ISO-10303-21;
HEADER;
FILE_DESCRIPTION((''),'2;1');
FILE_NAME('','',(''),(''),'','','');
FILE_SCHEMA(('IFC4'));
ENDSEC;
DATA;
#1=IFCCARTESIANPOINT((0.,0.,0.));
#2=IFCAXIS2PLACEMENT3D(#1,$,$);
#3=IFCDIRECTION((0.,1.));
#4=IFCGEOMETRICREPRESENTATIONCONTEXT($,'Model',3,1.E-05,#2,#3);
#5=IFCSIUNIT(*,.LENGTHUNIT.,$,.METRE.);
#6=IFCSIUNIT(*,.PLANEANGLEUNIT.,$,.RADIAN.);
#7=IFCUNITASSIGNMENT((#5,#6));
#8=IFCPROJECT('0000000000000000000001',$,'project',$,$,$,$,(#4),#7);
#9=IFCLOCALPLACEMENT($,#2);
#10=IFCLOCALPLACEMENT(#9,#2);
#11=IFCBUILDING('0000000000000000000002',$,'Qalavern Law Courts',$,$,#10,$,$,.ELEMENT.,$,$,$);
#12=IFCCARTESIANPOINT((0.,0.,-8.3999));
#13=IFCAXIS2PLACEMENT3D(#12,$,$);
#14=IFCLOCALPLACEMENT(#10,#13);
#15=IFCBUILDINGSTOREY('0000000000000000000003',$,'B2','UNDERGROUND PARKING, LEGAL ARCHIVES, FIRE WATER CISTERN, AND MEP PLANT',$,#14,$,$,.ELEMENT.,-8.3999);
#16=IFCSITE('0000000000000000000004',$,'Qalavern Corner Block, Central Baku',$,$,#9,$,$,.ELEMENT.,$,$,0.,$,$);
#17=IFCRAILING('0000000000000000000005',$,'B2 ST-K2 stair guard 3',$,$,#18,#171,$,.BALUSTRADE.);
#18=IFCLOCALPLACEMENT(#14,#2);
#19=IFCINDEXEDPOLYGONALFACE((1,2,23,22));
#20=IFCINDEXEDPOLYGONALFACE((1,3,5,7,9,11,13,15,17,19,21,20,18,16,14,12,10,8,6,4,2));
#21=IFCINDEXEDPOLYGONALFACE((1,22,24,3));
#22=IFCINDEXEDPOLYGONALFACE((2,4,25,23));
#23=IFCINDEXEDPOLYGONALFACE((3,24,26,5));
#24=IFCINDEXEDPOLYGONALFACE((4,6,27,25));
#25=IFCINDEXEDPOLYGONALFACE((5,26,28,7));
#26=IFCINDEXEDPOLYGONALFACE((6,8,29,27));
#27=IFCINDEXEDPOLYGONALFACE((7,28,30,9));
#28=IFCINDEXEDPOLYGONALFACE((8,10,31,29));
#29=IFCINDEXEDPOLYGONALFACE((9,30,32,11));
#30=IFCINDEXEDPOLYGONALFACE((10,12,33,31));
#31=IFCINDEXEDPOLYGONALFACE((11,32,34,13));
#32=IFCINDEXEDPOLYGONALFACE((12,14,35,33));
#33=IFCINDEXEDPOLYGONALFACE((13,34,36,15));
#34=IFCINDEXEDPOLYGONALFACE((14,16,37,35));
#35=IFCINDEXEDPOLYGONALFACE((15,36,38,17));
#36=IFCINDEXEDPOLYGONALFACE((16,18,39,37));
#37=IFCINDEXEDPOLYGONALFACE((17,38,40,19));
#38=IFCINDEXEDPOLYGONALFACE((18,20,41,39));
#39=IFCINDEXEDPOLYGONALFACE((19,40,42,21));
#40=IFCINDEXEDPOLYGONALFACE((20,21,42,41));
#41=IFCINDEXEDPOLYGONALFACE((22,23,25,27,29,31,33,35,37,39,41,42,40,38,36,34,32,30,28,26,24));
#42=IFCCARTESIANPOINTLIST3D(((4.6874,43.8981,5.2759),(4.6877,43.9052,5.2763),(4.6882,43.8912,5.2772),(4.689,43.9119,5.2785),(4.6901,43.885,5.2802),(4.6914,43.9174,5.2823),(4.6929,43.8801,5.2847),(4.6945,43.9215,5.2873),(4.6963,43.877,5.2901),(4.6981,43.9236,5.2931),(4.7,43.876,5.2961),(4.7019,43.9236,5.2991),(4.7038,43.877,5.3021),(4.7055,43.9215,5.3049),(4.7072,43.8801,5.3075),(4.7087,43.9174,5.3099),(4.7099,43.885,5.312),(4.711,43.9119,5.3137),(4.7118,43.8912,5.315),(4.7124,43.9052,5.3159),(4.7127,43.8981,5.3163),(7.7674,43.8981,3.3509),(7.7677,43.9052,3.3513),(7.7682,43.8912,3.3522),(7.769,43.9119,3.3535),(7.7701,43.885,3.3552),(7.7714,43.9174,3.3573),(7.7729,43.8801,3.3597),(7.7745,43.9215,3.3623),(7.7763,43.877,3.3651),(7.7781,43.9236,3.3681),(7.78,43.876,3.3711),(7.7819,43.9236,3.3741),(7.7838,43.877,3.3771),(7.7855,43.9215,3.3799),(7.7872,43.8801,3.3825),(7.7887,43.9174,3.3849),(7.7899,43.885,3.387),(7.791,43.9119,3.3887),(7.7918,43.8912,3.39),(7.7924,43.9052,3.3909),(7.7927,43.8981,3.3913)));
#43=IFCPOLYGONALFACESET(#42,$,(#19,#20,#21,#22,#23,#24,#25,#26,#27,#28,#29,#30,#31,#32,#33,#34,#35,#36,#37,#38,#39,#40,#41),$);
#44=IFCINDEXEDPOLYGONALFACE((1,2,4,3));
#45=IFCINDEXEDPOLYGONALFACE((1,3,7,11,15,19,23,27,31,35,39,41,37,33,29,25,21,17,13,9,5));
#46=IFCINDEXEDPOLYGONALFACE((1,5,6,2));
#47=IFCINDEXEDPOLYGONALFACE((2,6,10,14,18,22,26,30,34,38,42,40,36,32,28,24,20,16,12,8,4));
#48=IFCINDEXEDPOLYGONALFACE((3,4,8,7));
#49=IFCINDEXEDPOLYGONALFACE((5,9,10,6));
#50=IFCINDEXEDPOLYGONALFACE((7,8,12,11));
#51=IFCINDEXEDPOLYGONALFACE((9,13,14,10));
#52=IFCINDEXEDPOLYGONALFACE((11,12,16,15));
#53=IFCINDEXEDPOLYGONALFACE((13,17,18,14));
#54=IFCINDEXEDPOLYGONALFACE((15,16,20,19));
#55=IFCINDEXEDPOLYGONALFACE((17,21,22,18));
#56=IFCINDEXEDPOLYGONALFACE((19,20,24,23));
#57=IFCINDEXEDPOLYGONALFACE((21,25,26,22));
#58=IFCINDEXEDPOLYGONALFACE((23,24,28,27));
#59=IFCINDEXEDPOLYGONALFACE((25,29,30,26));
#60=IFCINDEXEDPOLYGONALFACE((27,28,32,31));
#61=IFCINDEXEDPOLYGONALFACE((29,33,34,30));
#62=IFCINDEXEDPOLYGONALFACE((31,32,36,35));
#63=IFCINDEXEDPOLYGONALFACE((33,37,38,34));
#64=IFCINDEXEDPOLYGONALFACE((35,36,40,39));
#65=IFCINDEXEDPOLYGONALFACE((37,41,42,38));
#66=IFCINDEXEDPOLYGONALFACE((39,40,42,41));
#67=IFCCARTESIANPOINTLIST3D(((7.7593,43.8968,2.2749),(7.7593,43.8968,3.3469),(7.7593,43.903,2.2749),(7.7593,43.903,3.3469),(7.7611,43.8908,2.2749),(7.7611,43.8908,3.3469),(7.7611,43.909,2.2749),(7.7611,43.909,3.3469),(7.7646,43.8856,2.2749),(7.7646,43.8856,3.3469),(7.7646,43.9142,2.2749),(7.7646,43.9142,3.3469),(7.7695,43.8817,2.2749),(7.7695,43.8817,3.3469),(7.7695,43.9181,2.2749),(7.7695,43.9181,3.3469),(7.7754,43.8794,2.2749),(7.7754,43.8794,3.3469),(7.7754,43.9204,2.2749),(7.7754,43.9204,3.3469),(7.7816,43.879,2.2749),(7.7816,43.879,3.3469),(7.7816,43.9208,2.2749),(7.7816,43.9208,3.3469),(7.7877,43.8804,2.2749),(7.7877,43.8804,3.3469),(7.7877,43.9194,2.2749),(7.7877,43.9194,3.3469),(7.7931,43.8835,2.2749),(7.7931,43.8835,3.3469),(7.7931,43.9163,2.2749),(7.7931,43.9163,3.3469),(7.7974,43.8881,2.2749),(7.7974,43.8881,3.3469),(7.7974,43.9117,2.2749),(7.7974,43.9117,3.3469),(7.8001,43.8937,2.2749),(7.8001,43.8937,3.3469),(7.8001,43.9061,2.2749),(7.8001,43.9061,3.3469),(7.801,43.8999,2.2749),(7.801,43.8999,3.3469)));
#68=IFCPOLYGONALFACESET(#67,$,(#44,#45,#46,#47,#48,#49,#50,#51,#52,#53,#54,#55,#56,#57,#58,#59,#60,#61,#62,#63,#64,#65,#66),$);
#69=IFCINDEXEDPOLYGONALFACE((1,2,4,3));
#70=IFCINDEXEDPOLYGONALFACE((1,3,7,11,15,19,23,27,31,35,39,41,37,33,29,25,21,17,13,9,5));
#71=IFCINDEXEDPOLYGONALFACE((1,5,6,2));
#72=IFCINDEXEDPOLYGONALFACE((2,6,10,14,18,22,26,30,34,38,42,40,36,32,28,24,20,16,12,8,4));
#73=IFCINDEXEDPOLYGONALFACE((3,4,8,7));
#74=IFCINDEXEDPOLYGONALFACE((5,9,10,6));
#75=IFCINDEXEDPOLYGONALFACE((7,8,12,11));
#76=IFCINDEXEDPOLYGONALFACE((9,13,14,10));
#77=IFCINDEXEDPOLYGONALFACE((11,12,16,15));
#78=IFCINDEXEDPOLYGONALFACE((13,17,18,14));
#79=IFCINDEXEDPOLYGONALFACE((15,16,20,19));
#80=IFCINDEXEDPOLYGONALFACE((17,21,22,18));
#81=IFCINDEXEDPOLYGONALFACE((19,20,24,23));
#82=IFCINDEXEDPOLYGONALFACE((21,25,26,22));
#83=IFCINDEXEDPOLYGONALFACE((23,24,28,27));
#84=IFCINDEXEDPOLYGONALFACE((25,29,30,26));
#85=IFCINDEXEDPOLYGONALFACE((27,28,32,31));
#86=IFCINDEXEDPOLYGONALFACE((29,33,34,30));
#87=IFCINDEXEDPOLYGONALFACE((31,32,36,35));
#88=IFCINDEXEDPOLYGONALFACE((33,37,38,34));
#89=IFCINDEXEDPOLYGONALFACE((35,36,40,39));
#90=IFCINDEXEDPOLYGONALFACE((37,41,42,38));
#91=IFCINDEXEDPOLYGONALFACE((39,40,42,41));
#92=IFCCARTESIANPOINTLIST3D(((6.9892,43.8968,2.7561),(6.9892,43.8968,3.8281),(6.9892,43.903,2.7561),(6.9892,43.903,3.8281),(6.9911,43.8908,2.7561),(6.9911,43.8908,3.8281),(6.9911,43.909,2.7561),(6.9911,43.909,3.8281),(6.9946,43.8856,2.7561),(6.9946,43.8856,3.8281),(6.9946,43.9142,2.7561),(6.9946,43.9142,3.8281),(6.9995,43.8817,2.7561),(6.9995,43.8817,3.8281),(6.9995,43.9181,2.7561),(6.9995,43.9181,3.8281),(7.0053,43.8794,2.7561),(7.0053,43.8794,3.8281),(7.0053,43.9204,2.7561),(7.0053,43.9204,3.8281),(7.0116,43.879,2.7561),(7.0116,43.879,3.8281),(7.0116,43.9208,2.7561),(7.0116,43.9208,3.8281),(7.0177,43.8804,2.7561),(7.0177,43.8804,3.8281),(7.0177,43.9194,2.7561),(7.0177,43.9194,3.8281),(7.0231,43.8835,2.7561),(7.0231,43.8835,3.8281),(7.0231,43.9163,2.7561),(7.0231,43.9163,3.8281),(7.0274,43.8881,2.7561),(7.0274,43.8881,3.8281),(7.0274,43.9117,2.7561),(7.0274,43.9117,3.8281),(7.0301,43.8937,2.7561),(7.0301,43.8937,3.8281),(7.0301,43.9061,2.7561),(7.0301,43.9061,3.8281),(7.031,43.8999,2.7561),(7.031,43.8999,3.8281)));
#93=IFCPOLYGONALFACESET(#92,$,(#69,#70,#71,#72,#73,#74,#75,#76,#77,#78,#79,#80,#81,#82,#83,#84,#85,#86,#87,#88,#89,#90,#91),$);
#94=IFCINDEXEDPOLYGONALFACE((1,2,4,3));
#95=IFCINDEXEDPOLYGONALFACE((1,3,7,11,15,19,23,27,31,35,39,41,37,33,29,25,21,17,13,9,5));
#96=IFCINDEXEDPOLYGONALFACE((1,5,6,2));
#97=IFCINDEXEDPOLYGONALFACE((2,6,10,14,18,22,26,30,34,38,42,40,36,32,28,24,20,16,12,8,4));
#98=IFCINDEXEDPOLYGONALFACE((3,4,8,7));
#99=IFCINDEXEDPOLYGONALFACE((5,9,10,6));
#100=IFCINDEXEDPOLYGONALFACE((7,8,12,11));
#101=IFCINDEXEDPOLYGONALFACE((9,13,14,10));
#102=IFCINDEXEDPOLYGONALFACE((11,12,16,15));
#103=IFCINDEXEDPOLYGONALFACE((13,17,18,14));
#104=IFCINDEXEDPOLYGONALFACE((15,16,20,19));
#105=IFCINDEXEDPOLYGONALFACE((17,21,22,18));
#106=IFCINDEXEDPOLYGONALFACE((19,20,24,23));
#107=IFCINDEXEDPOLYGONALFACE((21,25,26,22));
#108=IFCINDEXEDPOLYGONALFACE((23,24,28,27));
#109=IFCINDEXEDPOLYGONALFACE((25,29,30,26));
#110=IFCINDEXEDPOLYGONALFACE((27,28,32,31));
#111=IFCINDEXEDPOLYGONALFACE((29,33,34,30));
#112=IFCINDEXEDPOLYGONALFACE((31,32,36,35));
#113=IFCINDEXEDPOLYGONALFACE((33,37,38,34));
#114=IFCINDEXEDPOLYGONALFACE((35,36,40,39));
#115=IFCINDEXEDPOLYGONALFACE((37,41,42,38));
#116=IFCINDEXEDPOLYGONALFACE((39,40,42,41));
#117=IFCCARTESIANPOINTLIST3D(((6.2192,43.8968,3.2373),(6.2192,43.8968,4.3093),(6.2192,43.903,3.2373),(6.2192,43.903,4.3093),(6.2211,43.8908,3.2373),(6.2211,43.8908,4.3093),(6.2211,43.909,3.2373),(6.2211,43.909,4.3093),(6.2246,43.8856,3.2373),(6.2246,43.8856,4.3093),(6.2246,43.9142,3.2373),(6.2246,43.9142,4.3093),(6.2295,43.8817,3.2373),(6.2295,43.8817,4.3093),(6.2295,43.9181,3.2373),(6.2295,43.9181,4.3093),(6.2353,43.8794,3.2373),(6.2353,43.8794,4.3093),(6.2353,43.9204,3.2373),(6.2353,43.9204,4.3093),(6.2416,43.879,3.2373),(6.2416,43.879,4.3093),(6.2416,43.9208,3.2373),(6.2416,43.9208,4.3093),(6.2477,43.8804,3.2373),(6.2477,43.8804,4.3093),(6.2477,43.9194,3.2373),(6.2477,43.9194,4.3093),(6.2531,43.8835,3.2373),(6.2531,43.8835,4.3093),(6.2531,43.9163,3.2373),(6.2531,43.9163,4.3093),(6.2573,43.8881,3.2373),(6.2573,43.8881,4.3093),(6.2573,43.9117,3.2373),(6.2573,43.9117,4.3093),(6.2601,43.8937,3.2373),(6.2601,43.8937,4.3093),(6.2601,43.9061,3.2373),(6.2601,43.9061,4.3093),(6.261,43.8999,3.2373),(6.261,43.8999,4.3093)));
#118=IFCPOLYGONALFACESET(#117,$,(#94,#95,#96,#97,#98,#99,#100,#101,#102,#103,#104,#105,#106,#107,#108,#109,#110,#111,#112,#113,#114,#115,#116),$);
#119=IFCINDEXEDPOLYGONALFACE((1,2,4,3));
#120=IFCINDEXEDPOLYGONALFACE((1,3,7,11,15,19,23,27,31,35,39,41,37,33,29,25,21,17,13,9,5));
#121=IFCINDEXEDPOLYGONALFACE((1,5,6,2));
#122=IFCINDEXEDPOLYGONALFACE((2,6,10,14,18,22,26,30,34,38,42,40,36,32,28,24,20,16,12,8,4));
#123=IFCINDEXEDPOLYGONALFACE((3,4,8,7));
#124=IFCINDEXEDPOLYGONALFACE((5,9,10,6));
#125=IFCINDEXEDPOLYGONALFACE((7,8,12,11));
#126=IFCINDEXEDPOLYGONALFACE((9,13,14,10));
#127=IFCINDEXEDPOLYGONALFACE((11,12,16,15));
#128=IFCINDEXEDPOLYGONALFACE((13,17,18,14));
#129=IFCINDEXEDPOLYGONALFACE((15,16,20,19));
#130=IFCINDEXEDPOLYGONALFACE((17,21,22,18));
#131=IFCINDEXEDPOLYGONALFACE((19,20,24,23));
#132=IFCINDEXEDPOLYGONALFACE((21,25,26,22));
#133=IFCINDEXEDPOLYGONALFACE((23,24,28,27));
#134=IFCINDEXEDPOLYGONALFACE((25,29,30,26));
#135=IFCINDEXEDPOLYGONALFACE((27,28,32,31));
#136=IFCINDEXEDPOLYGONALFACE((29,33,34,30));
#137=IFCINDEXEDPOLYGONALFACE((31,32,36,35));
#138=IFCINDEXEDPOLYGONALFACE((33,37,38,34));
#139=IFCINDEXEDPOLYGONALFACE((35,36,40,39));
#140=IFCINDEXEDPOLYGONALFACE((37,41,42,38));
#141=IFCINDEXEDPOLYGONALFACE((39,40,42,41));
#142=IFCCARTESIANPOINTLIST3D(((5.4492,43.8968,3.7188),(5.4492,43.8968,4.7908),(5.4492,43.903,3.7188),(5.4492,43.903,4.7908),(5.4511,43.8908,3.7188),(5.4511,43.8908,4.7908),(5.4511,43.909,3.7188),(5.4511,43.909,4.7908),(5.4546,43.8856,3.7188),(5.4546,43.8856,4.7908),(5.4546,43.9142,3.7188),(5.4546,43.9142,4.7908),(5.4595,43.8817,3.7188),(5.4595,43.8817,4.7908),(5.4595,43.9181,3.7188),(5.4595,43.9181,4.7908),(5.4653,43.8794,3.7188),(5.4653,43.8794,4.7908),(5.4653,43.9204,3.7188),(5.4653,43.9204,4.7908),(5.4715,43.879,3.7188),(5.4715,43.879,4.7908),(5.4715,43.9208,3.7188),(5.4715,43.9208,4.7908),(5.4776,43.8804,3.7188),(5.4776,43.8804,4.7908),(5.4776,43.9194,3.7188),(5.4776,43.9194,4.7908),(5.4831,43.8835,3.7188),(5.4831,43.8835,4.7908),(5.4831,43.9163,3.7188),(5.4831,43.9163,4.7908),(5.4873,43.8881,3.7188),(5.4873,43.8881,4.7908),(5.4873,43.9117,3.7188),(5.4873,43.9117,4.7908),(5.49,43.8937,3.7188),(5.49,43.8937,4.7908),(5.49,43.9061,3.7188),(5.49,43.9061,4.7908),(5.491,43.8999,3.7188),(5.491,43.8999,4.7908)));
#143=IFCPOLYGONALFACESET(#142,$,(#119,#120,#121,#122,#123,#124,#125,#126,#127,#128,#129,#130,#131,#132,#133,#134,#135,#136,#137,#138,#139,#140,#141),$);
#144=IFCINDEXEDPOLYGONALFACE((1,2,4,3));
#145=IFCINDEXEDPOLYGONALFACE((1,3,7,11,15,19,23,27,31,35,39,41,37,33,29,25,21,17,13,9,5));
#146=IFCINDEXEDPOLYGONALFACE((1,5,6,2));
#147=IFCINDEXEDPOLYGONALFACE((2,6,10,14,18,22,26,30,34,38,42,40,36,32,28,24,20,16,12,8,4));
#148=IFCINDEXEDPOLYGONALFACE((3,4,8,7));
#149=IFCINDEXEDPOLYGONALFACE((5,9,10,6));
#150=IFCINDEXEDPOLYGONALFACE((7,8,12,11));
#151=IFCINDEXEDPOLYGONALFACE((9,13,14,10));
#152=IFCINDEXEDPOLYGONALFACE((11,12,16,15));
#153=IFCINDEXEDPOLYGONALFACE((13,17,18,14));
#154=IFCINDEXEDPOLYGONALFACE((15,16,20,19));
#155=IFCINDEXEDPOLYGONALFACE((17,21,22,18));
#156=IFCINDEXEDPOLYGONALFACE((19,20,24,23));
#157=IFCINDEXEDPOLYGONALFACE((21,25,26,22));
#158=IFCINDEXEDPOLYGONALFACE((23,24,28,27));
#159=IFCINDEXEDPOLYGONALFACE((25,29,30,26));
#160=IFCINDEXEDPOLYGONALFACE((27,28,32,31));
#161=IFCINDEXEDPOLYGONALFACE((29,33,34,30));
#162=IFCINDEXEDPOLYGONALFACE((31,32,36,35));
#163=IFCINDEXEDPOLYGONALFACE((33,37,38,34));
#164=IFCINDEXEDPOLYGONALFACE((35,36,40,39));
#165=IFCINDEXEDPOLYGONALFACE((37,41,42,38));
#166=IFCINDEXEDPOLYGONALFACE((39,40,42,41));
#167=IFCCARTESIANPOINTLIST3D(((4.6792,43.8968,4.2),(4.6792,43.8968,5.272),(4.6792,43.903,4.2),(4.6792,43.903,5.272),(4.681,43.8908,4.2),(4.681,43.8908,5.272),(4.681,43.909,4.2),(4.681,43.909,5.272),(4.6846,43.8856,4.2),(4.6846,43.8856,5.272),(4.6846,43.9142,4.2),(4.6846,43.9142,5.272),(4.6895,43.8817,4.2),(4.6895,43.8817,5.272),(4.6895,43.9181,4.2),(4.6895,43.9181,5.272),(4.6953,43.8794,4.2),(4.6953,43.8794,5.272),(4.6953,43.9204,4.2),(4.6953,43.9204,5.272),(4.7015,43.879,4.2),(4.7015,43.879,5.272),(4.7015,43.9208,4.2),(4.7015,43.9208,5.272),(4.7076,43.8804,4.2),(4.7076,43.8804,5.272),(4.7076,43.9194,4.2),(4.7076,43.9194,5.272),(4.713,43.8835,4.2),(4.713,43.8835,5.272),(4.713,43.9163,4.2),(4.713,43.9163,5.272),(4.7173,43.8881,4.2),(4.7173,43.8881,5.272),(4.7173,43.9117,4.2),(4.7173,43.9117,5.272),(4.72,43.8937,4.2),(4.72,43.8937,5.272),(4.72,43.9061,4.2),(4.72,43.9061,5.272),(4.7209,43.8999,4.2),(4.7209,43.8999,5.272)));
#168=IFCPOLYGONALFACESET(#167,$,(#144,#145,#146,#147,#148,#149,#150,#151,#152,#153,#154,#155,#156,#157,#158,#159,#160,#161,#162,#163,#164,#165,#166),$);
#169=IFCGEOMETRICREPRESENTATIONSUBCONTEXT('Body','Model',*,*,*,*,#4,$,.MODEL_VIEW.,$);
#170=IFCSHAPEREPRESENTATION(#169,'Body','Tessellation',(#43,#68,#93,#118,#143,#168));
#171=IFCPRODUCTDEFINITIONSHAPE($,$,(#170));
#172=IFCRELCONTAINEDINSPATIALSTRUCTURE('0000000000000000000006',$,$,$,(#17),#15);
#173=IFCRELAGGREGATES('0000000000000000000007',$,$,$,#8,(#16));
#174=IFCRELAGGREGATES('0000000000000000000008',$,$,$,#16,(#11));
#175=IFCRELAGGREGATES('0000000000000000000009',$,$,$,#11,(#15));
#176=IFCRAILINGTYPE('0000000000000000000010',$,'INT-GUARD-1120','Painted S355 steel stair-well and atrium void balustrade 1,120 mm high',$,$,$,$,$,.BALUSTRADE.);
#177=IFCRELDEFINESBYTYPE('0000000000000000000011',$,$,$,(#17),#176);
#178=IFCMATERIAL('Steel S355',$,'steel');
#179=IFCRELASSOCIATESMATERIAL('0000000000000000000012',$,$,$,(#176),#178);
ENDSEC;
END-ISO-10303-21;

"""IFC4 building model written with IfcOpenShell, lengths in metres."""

from ifc_helpers import new_model, si_unit, direction, frame, origin, origin_2d, place, context, subcontext, project, spatial, circle, extrude, material, type_object, element, save


model = new_model("IFC4")

# Units and contexts
model_context = context("Model", 3, precision=1e-05, world=origin(), true_north=direction((0.0, 1.0)))
body_context = subcontext(model_context, "Body", "Model", "MODEL_VIEW")
ifc_project = project(units=[si_unit("LENGTHUNIT", "METRE"), si_unit("PLANEANGLEUNIT", "RADIAN")], contexts=[model_context])

# Site, building, storey
site_placement = place(None, origin())
site = spatial("IfcSite", under=ifc_project, at=site_placement, Name="Qalavern Corner Block, Central Baku", CompositionType="ELEMENT", RefElevation=0.0)
building_placement = place(site_placement, origin())
building = spatial("IfcBuilding", under=site, at=building_placement, Name="Qalavern Law Courts", CompositionType="ELEMENT")
storey_placement = place(building_placement, frame((0.0, 0.0, -8.3999)))
storey = spatial("IfcBuildingStorey", under=building, at=storey_placement, Name="B2", Description="UNDERGROUND PARKING, LEGAL ARCHIVES, FIRE WATER CISTERN, AND MEP PLANT", CompositionType="ELEMENT", Elevation=-8.3999)

# Railing
ifc_material_1 = material(Name="Steel S355", Category="steel")
railing_type_1 = type_object("IfcRailingType", Name="INT-GUARD-1120", Description="Painted S355 steel stair-well and atrium void balustrade 1,120 mm high", PredefinedType="BALUSTRADE", material=ifc_material_1)
railing_1_placement = place(storey_placement, frame((7.78, 43.8999, 2.2749)))
element("IfcRailing", 1, at=railing_1_placement, inside=storey, type_object=railing_type_1, Name="B2 ST-K2 stair guard 3", PredefinedType="BALUSTRADE", context=body_context, shape_type="SweptSolid", body=[
    extrude(circle(Radius=0.0239, at=origin_2d()), frame((0.0, 0.0, 1.0962), z_axis=(-0.847998, 0.0, 0.529999), x_axis=(0.0, -1.0, 0.0)), (0.0, 0.0, 1.0), 3.6321),
    extrude(circle(Radius=0.021, at=origin_2d()), origin(), (0.0, 0.0, 1.0), 1.072),
    extrude(circle(Radius=0.021, at=origin_2d()), frame((-0.77, 0.0, 0.4812)), (0.0, 0.0, 1.0), 1.072),
    extrude(circle(Radius=0.021, at=origin_2d()), frame((-1.54, 0.0, 0.9624)), (0.0, 0.0, 1.0), 1.072),
    extrude(circle(Radius=0.021, at=origin_2d()), frame((-2.3101, 0.0, 1.4438)), (0.0, 0.0, 1.0), 1.072),
    extrude(circle(Radius=0.021, at=origin_2d()), frame((-3.0801, 0.0, 1.925)), (0.0, 0.0, 1.0), 1.072),
])

save(model, "model.ifc")
